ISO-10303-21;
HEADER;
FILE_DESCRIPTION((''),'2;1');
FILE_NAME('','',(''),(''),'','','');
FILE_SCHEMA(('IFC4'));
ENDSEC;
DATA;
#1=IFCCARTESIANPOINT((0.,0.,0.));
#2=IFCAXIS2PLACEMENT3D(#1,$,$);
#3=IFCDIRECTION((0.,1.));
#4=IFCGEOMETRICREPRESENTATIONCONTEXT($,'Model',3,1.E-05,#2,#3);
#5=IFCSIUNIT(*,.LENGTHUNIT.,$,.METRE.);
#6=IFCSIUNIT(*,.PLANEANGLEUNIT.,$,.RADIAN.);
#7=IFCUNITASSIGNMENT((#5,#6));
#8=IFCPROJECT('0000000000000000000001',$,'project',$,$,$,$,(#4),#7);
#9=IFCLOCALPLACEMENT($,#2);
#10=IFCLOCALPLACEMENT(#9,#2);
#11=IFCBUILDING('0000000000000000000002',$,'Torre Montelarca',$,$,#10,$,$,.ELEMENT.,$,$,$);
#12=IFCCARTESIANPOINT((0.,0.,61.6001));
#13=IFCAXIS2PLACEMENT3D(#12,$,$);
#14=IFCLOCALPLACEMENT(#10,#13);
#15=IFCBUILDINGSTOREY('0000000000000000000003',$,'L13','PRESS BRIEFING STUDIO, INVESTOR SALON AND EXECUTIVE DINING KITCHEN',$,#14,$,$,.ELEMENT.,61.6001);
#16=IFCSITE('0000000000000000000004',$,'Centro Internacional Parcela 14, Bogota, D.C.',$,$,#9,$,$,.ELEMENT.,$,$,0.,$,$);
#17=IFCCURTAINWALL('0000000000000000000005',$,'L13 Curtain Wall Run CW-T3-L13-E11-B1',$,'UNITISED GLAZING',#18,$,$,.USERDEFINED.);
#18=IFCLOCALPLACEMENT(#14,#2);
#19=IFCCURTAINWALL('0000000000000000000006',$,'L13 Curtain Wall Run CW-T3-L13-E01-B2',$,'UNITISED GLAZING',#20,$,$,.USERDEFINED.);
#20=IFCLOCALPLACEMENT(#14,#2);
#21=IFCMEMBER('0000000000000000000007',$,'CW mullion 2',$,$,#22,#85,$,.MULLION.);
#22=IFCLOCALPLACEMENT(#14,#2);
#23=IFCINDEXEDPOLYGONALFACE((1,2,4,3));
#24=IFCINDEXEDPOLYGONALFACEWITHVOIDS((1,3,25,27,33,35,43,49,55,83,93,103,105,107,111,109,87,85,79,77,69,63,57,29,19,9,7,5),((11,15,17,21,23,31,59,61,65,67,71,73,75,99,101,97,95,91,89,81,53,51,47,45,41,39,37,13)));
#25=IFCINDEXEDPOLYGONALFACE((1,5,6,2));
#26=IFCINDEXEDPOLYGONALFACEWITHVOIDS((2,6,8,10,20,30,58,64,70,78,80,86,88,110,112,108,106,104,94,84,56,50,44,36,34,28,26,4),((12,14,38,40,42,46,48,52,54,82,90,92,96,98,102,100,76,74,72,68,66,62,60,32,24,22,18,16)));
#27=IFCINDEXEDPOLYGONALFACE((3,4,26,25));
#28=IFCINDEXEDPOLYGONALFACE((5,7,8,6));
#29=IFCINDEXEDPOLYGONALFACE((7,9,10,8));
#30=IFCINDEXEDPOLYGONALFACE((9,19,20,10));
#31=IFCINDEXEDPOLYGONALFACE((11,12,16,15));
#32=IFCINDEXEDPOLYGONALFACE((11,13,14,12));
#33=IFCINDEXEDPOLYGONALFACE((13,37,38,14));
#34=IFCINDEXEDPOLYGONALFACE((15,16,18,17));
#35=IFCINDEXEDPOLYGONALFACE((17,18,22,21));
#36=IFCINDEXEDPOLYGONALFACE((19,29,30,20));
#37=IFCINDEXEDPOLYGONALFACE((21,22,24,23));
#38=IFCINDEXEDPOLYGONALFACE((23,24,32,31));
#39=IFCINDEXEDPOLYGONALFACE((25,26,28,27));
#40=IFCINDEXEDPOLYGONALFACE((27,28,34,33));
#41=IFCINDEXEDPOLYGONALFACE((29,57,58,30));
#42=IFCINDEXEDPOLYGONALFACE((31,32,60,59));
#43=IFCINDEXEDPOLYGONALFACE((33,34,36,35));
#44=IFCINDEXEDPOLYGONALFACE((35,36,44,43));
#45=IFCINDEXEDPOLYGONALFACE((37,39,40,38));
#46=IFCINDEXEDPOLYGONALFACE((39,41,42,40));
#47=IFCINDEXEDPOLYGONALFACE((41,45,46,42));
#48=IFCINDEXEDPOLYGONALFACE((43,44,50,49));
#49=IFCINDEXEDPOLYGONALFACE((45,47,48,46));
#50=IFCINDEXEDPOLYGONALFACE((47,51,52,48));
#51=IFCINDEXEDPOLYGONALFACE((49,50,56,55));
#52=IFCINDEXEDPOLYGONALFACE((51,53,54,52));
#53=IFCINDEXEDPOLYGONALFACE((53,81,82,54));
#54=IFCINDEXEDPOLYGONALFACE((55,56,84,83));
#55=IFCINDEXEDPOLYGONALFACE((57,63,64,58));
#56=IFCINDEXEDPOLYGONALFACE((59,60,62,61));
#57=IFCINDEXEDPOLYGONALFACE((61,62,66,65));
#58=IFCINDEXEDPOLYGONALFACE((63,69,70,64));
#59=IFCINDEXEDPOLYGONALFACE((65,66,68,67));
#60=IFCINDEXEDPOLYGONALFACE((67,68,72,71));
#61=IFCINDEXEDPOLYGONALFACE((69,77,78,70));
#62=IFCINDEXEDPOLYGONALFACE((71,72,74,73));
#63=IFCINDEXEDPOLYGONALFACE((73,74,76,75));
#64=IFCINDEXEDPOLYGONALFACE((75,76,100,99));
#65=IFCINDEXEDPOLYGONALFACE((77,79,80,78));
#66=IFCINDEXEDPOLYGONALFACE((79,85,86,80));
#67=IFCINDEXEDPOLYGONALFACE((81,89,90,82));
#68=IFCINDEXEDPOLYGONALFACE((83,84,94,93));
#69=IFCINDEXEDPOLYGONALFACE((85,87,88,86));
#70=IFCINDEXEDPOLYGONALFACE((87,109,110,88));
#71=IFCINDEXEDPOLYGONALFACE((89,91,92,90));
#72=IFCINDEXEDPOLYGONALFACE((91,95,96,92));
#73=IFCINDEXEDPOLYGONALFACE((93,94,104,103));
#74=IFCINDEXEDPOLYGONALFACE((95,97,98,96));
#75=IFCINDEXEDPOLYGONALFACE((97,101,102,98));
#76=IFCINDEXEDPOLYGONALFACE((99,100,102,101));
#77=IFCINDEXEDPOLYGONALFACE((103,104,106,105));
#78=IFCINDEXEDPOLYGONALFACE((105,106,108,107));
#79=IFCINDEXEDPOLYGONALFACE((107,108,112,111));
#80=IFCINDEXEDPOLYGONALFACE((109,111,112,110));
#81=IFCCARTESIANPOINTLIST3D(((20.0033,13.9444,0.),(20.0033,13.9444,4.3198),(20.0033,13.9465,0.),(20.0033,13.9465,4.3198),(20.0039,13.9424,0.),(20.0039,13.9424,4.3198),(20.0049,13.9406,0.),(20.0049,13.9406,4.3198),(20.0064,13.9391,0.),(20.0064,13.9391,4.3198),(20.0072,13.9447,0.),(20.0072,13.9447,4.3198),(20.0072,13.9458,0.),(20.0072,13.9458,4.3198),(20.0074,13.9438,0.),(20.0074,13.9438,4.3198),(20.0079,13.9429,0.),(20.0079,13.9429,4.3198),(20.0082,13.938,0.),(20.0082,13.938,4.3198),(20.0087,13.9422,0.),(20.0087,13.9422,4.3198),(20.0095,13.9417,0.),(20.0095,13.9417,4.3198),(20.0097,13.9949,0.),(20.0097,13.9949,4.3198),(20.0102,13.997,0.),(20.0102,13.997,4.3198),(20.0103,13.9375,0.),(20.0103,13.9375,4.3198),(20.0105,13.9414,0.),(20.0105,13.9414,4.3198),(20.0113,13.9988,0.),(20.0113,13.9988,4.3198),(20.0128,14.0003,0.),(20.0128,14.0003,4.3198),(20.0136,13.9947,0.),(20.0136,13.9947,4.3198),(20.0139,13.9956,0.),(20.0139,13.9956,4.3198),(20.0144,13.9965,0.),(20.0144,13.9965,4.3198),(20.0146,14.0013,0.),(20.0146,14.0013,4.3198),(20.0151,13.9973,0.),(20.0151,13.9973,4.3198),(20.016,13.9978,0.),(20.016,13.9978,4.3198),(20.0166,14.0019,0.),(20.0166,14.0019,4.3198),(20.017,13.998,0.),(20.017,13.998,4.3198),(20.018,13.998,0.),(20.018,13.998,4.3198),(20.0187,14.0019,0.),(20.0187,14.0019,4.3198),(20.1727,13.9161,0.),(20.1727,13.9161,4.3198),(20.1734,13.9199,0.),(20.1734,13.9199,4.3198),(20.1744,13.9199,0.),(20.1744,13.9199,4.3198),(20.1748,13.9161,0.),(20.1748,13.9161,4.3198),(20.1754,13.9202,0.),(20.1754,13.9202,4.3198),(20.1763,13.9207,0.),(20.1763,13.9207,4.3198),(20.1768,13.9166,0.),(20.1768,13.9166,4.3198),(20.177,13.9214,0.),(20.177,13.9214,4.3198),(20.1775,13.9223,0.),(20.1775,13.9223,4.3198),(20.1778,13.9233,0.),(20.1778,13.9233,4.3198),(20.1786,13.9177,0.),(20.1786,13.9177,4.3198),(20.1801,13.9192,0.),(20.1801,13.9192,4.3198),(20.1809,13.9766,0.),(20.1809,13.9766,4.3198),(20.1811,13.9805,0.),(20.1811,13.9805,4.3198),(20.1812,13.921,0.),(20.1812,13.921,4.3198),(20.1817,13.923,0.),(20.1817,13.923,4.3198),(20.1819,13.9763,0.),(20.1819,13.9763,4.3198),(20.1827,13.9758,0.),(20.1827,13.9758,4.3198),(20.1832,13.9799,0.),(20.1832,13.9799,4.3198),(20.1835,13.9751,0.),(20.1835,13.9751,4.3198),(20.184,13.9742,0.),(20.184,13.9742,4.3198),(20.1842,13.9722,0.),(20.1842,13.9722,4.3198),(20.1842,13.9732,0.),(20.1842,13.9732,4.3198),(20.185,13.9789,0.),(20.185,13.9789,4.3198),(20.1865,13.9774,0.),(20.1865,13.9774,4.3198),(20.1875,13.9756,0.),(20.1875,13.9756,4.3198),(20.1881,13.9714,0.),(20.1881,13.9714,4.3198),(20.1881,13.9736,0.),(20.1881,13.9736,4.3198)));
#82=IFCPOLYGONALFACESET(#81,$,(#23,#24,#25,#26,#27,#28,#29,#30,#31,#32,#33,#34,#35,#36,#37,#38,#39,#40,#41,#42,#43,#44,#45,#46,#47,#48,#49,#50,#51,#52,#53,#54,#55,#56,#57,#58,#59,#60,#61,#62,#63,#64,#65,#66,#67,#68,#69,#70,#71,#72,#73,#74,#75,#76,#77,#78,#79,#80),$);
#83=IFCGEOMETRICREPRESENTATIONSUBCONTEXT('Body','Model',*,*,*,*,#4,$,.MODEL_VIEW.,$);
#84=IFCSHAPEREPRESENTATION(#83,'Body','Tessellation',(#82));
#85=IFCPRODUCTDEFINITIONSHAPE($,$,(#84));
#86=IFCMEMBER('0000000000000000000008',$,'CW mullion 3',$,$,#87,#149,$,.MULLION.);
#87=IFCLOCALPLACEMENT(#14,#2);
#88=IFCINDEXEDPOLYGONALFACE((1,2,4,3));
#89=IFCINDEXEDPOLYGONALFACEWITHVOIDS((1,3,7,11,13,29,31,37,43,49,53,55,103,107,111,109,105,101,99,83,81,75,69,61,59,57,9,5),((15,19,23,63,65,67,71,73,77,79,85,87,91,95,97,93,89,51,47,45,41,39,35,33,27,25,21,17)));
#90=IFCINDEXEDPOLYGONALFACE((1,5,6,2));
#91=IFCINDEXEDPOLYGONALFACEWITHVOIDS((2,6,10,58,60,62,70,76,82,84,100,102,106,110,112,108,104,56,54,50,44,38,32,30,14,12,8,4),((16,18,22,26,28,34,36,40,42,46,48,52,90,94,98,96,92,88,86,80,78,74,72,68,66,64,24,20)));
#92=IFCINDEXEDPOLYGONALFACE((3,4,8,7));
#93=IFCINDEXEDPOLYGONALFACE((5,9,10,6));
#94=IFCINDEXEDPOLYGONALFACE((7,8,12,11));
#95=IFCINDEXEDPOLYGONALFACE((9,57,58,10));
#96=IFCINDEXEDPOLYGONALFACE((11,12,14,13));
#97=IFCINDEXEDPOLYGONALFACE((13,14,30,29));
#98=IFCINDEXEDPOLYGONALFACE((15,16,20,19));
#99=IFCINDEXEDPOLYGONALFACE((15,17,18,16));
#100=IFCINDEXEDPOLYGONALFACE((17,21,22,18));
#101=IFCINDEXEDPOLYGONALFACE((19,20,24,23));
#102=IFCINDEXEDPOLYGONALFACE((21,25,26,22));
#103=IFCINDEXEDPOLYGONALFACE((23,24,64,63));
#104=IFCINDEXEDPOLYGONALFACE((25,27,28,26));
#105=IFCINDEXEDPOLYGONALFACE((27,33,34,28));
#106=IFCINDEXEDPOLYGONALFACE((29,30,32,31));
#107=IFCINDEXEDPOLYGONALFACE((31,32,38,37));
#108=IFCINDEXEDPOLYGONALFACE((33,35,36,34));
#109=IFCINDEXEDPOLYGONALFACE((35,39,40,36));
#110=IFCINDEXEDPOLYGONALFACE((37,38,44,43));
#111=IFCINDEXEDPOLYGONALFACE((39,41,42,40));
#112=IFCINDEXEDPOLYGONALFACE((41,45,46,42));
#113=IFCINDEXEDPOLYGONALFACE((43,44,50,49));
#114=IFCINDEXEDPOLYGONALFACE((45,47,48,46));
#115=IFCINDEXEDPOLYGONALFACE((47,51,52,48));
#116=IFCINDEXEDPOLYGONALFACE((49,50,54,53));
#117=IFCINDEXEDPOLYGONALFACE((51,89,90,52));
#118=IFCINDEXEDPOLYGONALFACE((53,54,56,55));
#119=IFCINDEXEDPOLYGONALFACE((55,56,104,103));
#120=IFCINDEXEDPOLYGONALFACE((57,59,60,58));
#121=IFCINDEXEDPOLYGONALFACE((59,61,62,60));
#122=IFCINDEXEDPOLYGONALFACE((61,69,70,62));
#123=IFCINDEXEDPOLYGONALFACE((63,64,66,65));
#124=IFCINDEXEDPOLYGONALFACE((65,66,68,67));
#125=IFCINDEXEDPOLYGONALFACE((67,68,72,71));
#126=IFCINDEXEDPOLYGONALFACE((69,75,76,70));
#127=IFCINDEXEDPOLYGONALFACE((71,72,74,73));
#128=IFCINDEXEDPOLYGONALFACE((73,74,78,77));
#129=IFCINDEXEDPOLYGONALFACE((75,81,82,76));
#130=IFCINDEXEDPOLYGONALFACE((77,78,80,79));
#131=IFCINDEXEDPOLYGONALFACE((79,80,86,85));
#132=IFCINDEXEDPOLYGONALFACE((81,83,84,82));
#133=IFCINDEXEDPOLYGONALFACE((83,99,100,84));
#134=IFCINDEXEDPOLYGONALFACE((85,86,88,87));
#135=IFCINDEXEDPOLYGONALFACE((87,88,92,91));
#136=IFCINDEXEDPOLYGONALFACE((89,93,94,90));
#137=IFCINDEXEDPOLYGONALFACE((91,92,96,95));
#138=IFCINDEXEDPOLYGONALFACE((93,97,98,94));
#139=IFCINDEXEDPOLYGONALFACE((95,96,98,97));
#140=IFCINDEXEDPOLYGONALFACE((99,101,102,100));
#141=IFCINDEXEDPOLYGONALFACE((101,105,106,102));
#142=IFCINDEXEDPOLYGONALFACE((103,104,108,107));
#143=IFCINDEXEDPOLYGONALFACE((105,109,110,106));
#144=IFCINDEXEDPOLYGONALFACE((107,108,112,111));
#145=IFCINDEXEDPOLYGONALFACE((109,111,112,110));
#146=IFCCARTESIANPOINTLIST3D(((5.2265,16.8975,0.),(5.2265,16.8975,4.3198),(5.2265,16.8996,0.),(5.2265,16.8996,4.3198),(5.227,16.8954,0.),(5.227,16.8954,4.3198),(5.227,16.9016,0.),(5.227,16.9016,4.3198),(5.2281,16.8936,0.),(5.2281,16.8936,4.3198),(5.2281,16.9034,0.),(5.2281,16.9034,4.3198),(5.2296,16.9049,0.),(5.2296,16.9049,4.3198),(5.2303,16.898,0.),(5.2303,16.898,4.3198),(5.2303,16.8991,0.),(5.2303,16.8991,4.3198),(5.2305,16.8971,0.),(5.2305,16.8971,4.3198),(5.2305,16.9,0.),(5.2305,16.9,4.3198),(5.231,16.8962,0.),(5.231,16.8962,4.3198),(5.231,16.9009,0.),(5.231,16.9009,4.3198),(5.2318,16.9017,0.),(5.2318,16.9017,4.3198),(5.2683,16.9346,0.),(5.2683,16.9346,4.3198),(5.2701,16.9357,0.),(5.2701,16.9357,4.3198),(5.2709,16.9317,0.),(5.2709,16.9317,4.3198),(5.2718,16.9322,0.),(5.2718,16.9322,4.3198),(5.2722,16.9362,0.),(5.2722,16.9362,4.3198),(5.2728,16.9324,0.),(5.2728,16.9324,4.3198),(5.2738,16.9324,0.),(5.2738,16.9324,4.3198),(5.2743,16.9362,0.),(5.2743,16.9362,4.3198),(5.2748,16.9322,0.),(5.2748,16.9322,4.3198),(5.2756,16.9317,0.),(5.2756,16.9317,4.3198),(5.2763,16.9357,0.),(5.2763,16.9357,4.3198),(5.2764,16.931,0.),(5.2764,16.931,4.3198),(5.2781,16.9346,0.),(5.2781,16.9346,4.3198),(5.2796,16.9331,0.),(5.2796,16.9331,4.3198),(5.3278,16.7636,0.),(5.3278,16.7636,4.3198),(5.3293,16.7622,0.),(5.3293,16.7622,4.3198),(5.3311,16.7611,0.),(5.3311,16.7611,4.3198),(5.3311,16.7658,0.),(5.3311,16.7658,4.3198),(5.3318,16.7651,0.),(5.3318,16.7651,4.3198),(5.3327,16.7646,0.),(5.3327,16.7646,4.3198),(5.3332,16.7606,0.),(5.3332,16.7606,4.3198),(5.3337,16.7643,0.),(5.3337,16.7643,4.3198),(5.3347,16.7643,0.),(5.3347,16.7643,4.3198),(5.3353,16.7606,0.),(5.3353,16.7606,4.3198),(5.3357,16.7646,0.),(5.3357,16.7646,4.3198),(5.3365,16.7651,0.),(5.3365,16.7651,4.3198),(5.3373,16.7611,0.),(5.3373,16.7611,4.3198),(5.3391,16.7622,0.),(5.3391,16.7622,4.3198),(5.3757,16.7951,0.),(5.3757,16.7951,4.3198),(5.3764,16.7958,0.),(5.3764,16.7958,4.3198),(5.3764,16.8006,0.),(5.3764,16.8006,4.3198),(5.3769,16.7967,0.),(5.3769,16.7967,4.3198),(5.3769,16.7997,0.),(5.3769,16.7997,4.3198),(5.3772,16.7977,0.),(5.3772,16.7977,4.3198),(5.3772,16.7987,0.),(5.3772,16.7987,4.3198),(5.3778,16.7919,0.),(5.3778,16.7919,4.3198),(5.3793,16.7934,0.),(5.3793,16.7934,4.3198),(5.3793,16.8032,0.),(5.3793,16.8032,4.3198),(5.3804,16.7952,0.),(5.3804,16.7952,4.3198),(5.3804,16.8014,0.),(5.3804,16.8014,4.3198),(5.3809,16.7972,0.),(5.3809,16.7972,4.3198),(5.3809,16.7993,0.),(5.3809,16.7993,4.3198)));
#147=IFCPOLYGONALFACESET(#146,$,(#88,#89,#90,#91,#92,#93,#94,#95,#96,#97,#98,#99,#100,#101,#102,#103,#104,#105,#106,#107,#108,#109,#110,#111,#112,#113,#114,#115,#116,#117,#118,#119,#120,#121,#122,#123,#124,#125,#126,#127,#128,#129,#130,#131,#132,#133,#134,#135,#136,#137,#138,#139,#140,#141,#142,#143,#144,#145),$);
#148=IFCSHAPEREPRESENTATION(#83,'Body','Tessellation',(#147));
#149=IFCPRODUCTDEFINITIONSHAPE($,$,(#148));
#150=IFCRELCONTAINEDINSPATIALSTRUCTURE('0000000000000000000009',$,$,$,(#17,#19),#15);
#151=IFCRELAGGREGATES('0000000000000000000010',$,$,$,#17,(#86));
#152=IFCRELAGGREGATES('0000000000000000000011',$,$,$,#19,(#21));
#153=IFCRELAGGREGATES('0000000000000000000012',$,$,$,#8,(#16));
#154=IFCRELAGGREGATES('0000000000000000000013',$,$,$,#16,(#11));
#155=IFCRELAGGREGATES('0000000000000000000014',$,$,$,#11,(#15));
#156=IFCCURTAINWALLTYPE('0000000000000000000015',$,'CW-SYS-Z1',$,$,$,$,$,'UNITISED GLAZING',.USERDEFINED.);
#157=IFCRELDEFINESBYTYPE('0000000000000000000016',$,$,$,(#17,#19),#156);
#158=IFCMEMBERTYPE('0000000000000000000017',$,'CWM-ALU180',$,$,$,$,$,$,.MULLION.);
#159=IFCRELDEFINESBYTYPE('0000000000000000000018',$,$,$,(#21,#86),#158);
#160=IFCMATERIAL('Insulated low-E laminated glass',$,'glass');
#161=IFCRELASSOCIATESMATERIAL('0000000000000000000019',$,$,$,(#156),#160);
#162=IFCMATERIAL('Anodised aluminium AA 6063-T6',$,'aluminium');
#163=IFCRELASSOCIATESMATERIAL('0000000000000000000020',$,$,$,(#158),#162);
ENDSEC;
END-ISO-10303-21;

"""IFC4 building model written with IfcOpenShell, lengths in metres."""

from ifc_helpers import new_model, si_unit, direction, frame, origin, origin_2d, place, context, subcontext, project, spatial, hollow_rectangle, extrude, source, transform, mapped, material, material_profile, profile_set, type_object, element, aggregate, save


model = new_model("IFC4")

# Units and contexts
model_context = context("Model", 3, precision=1e-05, world=origin(), true_north=direction((0.0, 1.0)))
body_context = subcontext(model_context, "Body", "Model", "MODEL_VIEW")
ifc_project = project(units=[si_unit("LENGTHUNIT", "METRE"), si_unit("PLANEANGLEUNIT", "RADIAN")], contexts=[model_context])

# Site, building, storey
site_placement = place(None, origin())
site = spatial("IfcSite", under=ifc_project, at=site_placement, Name="Centro Internacional Parcela 14, Bogota, D.C.", CompositionType="ELEMENT", RefElevation=0.0)
building_placement = place(site_placement, origin())
building = spatial("IfcBuilding", under=site, at=building_placement, Name="Torre Montelarca", CompositionType="ELEMENT")
storey_placement = place(building_placement, frame((0.0, 0.0, 61.6001)))
storey = spatial("IfcBuildingStorey", under=building, at=storey_placement, Name="L13", Description="PRESS BRIEFING STUDIO, INVESTOR SALON AND EXECUTIVE DINING KITCHEN", CompositionType="ELEMENT", Elevation=61.6001)

# Curtain wall
ifc_material_1 = material(Name="Insulated low-E laminated glass", Category="glass")
curtain_wall_type = type_object("IfcCurtainWallType", Name="CW-SYS-Z1", ElementType="UNITISED GLAZING", PredefinedType="USERDEFINED", material=ifc_material_1)
ifc_material_2 = material(Name="Anodised aluminium AA 6063-T6", Category="aluminium")
curtain_wall_1_placement = place(storey_placement, origin())
curtain_wall_1 = element("IfcCurtainWall", 1, at=curtain_wall_1_placement, inside=storey, type_object=curtain_wall_type, Name="L13 Curtain Wall Run CW-T3-L13-E11-B1", ObjectType="UNITISED GLAZING", PredefinedType="USERDEFINED")

# Shared definitions
ifc_material_profile_1 = material_profile(ifc_material_2, hollow_rectangle(XDim=0.0649, YDim=0.1799, WallThickness=0.0039, InnerFilletRadius=0.0039, OuterFilletRadius=0.0081, at=origin_2d()), Name="ALU65X180X4", Category="aluminium")
ifc_profile_set_1 = profile_set([ifc_material_profile_1], Name="Anodised aluminium AA 6063-T6")
member_type_1 = type_object("IfcMemberType", Name="CWM-ALU180", PredefinedType="MULLION", material=ifc_profile_set_1)
shared_shape_1 = source(origin(), body_context, "Body", "SweptSolid", [
    extrude(hollow_rectangle(XDim=0.0649, YDim=0.1799, WallThickness=0.0039, InnerFilletRadius=0.0039, OuterFilletRadius=0.0081, at=origin_2d()), origin(), (0.0, 0.0, 1.0), 4.3198),
])

# Curtain wall, member
curtain_wall_2_placement = place(storey_placement, origin())
curtain_wall_2 = element("IfcCurtainWall", 2, at=curtain_wall_2_placement, inside=storey, type_object=curtain_wall_type, Name="L13 Curtain Wall Run CW-T3-L13-E01-B2", ObjectType="UNITISED GLAZING", PredefinedType="USERDEFINED")
member_1_placement = place(storey_placement, frame((20.0957, 13.959, 0.0), z_axis=(0.0, 0.0, 1.0), x_axis=(0.130517, 0.991446, 0.0)))
member_1 = element("IfcMember", 3, at=member_1_placement, type_object=member_type_1, Name="CW mullion 2", PredefinedType="MULLION", context=body_context, shape_type="MappedRepresentation", body=[
    mapped(shared_shape_1, transform((0.0, 0.0, 0.0), scale=1.0)),
])

# Member
member_2_placement = place(storey_placement, frame((5.3037, 16.8484, 0.0), z_axis=(0.0, 0.0, 1.0), x_axis=(0.793346, 0.608771, 0.0)))
member_2 = element("IfcMember", 4, at=member_2_placement, type_object=member_type_1, Name="CW mullion 3", PredefinedType="MULLION", context=body_context, shape_type="MappedRepresentation", body=[
    mapped(shared_shape_1, transform((0.0, 0.0, 0.0), scale=1.0)),
])

aggregate(curtain_wall_1, [member_2])
aggregate(curtain_wall_2, [member_1])

save(model, "model.ifc")
